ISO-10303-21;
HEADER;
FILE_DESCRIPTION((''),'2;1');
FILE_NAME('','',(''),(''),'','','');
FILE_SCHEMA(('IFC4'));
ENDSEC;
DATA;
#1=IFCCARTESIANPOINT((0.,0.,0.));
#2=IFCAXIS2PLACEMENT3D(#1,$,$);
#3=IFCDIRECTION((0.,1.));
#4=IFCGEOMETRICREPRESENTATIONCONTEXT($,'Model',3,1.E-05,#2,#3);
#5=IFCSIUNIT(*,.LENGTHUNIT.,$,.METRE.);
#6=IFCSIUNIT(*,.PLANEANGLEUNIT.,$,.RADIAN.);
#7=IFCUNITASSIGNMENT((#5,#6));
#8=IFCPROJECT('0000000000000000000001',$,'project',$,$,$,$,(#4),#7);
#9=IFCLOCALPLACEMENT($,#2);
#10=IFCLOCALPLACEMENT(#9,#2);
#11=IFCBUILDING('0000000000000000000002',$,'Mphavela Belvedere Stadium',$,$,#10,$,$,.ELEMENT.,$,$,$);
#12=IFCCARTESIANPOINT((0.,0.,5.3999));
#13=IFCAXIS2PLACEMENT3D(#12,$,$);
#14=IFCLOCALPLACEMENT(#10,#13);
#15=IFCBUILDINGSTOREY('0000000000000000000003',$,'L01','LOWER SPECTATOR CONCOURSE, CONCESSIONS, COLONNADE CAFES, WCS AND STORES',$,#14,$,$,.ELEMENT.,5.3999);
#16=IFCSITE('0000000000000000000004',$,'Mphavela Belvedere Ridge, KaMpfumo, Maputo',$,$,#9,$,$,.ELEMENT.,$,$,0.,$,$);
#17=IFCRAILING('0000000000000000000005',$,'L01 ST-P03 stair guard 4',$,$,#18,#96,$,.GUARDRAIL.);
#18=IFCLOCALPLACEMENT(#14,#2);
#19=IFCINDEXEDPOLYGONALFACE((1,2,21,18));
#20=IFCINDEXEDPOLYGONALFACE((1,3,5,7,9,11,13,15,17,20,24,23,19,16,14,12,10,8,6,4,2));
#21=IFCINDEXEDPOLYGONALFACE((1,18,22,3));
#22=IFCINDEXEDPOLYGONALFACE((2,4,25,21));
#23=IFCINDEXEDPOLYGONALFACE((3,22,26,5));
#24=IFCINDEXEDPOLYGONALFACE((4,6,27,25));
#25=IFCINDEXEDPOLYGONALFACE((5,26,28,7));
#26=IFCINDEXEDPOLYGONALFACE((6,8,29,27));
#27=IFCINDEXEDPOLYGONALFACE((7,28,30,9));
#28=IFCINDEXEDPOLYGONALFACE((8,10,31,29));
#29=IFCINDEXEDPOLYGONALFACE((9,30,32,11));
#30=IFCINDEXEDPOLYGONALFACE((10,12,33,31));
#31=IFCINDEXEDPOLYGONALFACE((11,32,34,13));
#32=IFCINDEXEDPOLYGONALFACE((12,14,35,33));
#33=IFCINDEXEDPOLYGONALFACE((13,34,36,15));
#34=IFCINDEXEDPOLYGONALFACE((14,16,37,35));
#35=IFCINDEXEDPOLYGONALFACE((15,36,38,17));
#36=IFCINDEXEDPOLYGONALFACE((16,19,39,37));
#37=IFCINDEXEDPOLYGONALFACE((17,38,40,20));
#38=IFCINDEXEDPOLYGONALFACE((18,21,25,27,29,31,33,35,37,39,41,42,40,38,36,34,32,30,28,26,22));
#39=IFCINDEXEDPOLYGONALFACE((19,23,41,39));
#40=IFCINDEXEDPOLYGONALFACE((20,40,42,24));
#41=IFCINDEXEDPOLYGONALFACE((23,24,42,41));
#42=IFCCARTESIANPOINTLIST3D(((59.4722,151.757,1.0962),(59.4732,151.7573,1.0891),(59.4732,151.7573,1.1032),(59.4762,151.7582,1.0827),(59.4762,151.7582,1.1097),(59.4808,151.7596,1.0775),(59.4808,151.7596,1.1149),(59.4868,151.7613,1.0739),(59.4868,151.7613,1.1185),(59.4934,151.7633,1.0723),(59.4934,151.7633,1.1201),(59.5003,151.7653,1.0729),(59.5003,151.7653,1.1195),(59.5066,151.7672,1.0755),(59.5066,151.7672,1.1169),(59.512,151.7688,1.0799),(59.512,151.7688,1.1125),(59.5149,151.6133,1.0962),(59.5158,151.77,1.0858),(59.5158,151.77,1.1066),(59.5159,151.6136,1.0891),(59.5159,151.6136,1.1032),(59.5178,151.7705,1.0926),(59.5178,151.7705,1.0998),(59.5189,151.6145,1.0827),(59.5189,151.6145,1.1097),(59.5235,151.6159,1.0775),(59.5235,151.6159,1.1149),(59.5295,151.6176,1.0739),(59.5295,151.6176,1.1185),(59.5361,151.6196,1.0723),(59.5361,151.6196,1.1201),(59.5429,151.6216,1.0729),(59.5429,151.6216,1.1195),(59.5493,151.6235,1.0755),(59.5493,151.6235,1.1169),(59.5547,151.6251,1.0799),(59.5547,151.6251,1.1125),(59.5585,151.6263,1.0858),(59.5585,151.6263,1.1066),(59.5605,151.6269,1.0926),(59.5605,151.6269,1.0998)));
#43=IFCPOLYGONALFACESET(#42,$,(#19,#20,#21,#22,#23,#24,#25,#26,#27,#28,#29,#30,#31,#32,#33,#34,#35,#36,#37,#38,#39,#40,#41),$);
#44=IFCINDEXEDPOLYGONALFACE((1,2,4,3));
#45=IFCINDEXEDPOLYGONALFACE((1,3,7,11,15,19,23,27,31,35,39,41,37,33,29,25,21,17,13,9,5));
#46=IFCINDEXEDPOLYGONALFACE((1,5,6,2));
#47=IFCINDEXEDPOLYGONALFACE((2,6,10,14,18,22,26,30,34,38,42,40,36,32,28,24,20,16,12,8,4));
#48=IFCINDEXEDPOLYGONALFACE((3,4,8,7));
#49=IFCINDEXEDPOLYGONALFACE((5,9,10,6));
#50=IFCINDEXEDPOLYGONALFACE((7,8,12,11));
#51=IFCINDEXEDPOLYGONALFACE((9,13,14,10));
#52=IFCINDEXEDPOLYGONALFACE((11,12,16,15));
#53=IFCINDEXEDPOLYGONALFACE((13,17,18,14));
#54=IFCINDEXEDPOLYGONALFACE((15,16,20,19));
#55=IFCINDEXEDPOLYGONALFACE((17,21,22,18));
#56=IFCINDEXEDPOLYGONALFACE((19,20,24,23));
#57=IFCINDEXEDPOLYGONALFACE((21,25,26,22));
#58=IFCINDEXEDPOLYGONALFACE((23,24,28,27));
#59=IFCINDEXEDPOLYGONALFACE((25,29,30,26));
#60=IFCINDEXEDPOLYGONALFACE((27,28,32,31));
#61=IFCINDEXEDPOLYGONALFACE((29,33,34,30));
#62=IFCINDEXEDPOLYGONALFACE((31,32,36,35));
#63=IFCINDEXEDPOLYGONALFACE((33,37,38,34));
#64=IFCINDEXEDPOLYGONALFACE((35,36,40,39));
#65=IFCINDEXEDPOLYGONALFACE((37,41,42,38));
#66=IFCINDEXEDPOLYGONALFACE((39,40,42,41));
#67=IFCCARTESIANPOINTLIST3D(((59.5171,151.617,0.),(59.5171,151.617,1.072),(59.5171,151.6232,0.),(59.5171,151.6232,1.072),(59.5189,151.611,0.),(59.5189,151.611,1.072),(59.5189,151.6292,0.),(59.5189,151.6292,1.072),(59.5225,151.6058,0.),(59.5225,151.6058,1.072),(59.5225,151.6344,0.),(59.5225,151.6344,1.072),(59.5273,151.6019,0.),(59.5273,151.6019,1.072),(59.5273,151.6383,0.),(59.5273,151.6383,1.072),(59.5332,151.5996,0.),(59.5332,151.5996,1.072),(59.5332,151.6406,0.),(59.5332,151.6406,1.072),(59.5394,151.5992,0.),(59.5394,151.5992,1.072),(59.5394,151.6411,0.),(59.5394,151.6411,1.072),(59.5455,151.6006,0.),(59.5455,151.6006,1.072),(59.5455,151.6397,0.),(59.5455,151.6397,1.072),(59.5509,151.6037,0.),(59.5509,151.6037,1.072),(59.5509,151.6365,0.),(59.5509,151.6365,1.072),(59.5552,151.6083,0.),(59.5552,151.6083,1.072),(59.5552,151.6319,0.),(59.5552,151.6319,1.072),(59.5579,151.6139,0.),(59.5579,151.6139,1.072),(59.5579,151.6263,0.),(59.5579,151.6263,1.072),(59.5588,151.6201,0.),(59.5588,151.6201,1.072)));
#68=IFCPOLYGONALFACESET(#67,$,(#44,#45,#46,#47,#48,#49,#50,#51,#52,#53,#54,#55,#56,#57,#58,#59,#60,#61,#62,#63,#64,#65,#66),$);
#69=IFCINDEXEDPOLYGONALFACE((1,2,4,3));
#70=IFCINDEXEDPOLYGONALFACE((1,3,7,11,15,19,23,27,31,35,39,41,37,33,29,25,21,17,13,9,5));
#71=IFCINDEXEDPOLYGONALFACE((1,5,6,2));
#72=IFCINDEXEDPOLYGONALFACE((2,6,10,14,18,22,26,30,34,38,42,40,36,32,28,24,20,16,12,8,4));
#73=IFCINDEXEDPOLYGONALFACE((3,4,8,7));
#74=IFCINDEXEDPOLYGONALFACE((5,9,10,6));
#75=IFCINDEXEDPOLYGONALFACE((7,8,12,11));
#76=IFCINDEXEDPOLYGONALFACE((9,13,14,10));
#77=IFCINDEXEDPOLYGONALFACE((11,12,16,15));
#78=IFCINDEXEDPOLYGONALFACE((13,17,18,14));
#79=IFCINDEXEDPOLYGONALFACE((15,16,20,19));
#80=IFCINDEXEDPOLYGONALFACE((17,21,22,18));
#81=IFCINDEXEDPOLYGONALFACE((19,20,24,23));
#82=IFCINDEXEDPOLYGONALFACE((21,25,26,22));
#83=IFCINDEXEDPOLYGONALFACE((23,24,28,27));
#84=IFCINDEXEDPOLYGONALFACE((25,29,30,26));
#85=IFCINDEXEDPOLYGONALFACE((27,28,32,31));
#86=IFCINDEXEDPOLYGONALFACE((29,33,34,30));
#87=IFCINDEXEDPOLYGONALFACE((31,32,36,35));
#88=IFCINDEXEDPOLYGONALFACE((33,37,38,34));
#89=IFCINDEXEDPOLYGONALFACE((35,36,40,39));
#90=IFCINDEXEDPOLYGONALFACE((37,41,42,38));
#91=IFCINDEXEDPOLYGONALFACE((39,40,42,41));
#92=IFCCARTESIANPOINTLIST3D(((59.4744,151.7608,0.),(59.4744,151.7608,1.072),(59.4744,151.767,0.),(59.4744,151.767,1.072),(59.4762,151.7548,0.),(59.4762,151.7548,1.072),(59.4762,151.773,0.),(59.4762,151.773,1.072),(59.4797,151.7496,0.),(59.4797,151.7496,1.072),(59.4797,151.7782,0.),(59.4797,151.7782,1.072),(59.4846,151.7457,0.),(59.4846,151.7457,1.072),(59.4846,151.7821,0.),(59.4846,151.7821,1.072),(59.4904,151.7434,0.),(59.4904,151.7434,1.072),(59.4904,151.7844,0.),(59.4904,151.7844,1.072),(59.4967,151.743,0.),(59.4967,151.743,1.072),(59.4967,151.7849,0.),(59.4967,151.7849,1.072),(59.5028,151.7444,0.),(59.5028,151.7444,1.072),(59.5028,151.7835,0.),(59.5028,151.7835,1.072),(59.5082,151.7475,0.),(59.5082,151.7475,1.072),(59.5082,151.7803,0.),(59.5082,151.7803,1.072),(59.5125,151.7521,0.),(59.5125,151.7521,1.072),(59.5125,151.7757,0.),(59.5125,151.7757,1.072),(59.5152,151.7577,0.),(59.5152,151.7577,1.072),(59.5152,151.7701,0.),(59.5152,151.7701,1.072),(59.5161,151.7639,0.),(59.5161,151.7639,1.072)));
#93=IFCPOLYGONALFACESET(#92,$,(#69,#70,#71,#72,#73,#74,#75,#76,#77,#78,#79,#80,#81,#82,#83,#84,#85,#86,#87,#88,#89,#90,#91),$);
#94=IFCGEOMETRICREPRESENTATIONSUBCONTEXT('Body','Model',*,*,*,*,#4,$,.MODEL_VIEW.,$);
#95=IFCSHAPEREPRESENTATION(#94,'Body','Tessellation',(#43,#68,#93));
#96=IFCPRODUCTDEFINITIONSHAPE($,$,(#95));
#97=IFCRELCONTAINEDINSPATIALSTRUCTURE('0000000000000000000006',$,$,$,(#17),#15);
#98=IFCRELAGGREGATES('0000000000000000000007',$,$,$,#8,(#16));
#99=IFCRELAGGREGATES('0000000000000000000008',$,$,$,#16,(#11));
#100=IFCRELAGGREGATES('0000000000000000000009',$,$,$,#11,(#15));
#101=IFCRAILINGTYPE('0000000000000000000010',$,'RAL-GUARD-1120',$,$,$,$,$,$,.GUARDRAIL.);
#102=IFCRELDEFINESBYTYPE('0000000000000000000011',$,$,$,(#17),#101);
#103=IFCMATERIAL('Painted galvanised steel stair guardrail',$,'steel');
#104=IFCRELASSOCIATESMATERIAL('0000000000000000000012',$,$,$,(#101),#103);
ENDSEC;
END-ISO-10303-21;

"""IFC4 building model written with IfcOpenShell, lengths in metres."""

from ifc_helpers import new_model, si_unit, direction, frame, origin, origin_2d, place, context, subcontext, project, spatial, circle, extrude, material, type_object, element, save


model = new_model("IFC4")

# Units and contexts
model_context = context("Model", 3, precision=1e-05, world=origin(), true_north=direction((0.0, 1.0)))
body_context = subcontext(model_context, "Body", "Model", "MODEL_VIEW")
ifc_project = project(units=[si_unit("LENGTHUNIT", "METRE"), si_unit("PLANEANGLEUNIT", "RADIAN")], contexts=[model_context])

# Site, building, storey
site_placement = place(None, origin())
site = spatial("IfcSite", under=ifc_project, at=site_placement, Name="Mphavela Belvedere Ridge, KaMpfumo, Maputo", CompositionType="ELEMENT", RefElevation=0.0)
building_placement = place(site_placement, origin())
building = spatial("IfcBuilding", under=site, at=building_placement, Name="Mphavela Belvedere Stadium", CompositionType="ELEMENT")
storey_placement = place(building_placement, frame((0.0, 0.0, 5.3999)))
storey = spatial("IfcBuildingStorey", under=building, at=storey_placement, Name="L01", Description="LOWER SPECTATOR CONCOURSE, CONCESSIONS, COLONNADE CAFES, WCS AND STORES", CompositionType="ELEMENT", Elevation=5.3999)

# Railing
ifc_material_1 = material(Name="Painted galvanised steel stair guardrail", Category="steel")
railing_type = type_object("IfcRailingType", Name="RAL-GUARD-1120", PredefinedType="GUARDRAIL", material=ifc_material_1)
railing_1_placement = place(storey_placement, frame((59.5378, 151.6201, 0.0)))
element("IfcRailing", 1, at=railing_1_placement, inside=storey, type_object=railing_type, Name="L01 ST-P03 stair guard 4", PredefinedType="GUARDRAIL", context=body_context, shape_type="SweptSolid", body=[
    extrude(circle(Radius=0.0239, at=origin_2d()), frame((0.0, 0.0, 1.0962), z_axis=(-0.284809, 0.958584, 0.0), x_axis=(-0.958584, -0.284809, 0.0)), (0.0, 0.0, 1.0), 0.1499),
    extrude(circle(Radius=0.021, at=origin_2d()), origin(), (0.0, 0.0, 1.0), 1.072),
    extrude(circle(Radius=0.021, at=origin_2d()), frame((-0.0427, 0.1438, 0.0)), (0.0, 0.0, 1.0), 1.072),
])

save(model, "model.ifc")
